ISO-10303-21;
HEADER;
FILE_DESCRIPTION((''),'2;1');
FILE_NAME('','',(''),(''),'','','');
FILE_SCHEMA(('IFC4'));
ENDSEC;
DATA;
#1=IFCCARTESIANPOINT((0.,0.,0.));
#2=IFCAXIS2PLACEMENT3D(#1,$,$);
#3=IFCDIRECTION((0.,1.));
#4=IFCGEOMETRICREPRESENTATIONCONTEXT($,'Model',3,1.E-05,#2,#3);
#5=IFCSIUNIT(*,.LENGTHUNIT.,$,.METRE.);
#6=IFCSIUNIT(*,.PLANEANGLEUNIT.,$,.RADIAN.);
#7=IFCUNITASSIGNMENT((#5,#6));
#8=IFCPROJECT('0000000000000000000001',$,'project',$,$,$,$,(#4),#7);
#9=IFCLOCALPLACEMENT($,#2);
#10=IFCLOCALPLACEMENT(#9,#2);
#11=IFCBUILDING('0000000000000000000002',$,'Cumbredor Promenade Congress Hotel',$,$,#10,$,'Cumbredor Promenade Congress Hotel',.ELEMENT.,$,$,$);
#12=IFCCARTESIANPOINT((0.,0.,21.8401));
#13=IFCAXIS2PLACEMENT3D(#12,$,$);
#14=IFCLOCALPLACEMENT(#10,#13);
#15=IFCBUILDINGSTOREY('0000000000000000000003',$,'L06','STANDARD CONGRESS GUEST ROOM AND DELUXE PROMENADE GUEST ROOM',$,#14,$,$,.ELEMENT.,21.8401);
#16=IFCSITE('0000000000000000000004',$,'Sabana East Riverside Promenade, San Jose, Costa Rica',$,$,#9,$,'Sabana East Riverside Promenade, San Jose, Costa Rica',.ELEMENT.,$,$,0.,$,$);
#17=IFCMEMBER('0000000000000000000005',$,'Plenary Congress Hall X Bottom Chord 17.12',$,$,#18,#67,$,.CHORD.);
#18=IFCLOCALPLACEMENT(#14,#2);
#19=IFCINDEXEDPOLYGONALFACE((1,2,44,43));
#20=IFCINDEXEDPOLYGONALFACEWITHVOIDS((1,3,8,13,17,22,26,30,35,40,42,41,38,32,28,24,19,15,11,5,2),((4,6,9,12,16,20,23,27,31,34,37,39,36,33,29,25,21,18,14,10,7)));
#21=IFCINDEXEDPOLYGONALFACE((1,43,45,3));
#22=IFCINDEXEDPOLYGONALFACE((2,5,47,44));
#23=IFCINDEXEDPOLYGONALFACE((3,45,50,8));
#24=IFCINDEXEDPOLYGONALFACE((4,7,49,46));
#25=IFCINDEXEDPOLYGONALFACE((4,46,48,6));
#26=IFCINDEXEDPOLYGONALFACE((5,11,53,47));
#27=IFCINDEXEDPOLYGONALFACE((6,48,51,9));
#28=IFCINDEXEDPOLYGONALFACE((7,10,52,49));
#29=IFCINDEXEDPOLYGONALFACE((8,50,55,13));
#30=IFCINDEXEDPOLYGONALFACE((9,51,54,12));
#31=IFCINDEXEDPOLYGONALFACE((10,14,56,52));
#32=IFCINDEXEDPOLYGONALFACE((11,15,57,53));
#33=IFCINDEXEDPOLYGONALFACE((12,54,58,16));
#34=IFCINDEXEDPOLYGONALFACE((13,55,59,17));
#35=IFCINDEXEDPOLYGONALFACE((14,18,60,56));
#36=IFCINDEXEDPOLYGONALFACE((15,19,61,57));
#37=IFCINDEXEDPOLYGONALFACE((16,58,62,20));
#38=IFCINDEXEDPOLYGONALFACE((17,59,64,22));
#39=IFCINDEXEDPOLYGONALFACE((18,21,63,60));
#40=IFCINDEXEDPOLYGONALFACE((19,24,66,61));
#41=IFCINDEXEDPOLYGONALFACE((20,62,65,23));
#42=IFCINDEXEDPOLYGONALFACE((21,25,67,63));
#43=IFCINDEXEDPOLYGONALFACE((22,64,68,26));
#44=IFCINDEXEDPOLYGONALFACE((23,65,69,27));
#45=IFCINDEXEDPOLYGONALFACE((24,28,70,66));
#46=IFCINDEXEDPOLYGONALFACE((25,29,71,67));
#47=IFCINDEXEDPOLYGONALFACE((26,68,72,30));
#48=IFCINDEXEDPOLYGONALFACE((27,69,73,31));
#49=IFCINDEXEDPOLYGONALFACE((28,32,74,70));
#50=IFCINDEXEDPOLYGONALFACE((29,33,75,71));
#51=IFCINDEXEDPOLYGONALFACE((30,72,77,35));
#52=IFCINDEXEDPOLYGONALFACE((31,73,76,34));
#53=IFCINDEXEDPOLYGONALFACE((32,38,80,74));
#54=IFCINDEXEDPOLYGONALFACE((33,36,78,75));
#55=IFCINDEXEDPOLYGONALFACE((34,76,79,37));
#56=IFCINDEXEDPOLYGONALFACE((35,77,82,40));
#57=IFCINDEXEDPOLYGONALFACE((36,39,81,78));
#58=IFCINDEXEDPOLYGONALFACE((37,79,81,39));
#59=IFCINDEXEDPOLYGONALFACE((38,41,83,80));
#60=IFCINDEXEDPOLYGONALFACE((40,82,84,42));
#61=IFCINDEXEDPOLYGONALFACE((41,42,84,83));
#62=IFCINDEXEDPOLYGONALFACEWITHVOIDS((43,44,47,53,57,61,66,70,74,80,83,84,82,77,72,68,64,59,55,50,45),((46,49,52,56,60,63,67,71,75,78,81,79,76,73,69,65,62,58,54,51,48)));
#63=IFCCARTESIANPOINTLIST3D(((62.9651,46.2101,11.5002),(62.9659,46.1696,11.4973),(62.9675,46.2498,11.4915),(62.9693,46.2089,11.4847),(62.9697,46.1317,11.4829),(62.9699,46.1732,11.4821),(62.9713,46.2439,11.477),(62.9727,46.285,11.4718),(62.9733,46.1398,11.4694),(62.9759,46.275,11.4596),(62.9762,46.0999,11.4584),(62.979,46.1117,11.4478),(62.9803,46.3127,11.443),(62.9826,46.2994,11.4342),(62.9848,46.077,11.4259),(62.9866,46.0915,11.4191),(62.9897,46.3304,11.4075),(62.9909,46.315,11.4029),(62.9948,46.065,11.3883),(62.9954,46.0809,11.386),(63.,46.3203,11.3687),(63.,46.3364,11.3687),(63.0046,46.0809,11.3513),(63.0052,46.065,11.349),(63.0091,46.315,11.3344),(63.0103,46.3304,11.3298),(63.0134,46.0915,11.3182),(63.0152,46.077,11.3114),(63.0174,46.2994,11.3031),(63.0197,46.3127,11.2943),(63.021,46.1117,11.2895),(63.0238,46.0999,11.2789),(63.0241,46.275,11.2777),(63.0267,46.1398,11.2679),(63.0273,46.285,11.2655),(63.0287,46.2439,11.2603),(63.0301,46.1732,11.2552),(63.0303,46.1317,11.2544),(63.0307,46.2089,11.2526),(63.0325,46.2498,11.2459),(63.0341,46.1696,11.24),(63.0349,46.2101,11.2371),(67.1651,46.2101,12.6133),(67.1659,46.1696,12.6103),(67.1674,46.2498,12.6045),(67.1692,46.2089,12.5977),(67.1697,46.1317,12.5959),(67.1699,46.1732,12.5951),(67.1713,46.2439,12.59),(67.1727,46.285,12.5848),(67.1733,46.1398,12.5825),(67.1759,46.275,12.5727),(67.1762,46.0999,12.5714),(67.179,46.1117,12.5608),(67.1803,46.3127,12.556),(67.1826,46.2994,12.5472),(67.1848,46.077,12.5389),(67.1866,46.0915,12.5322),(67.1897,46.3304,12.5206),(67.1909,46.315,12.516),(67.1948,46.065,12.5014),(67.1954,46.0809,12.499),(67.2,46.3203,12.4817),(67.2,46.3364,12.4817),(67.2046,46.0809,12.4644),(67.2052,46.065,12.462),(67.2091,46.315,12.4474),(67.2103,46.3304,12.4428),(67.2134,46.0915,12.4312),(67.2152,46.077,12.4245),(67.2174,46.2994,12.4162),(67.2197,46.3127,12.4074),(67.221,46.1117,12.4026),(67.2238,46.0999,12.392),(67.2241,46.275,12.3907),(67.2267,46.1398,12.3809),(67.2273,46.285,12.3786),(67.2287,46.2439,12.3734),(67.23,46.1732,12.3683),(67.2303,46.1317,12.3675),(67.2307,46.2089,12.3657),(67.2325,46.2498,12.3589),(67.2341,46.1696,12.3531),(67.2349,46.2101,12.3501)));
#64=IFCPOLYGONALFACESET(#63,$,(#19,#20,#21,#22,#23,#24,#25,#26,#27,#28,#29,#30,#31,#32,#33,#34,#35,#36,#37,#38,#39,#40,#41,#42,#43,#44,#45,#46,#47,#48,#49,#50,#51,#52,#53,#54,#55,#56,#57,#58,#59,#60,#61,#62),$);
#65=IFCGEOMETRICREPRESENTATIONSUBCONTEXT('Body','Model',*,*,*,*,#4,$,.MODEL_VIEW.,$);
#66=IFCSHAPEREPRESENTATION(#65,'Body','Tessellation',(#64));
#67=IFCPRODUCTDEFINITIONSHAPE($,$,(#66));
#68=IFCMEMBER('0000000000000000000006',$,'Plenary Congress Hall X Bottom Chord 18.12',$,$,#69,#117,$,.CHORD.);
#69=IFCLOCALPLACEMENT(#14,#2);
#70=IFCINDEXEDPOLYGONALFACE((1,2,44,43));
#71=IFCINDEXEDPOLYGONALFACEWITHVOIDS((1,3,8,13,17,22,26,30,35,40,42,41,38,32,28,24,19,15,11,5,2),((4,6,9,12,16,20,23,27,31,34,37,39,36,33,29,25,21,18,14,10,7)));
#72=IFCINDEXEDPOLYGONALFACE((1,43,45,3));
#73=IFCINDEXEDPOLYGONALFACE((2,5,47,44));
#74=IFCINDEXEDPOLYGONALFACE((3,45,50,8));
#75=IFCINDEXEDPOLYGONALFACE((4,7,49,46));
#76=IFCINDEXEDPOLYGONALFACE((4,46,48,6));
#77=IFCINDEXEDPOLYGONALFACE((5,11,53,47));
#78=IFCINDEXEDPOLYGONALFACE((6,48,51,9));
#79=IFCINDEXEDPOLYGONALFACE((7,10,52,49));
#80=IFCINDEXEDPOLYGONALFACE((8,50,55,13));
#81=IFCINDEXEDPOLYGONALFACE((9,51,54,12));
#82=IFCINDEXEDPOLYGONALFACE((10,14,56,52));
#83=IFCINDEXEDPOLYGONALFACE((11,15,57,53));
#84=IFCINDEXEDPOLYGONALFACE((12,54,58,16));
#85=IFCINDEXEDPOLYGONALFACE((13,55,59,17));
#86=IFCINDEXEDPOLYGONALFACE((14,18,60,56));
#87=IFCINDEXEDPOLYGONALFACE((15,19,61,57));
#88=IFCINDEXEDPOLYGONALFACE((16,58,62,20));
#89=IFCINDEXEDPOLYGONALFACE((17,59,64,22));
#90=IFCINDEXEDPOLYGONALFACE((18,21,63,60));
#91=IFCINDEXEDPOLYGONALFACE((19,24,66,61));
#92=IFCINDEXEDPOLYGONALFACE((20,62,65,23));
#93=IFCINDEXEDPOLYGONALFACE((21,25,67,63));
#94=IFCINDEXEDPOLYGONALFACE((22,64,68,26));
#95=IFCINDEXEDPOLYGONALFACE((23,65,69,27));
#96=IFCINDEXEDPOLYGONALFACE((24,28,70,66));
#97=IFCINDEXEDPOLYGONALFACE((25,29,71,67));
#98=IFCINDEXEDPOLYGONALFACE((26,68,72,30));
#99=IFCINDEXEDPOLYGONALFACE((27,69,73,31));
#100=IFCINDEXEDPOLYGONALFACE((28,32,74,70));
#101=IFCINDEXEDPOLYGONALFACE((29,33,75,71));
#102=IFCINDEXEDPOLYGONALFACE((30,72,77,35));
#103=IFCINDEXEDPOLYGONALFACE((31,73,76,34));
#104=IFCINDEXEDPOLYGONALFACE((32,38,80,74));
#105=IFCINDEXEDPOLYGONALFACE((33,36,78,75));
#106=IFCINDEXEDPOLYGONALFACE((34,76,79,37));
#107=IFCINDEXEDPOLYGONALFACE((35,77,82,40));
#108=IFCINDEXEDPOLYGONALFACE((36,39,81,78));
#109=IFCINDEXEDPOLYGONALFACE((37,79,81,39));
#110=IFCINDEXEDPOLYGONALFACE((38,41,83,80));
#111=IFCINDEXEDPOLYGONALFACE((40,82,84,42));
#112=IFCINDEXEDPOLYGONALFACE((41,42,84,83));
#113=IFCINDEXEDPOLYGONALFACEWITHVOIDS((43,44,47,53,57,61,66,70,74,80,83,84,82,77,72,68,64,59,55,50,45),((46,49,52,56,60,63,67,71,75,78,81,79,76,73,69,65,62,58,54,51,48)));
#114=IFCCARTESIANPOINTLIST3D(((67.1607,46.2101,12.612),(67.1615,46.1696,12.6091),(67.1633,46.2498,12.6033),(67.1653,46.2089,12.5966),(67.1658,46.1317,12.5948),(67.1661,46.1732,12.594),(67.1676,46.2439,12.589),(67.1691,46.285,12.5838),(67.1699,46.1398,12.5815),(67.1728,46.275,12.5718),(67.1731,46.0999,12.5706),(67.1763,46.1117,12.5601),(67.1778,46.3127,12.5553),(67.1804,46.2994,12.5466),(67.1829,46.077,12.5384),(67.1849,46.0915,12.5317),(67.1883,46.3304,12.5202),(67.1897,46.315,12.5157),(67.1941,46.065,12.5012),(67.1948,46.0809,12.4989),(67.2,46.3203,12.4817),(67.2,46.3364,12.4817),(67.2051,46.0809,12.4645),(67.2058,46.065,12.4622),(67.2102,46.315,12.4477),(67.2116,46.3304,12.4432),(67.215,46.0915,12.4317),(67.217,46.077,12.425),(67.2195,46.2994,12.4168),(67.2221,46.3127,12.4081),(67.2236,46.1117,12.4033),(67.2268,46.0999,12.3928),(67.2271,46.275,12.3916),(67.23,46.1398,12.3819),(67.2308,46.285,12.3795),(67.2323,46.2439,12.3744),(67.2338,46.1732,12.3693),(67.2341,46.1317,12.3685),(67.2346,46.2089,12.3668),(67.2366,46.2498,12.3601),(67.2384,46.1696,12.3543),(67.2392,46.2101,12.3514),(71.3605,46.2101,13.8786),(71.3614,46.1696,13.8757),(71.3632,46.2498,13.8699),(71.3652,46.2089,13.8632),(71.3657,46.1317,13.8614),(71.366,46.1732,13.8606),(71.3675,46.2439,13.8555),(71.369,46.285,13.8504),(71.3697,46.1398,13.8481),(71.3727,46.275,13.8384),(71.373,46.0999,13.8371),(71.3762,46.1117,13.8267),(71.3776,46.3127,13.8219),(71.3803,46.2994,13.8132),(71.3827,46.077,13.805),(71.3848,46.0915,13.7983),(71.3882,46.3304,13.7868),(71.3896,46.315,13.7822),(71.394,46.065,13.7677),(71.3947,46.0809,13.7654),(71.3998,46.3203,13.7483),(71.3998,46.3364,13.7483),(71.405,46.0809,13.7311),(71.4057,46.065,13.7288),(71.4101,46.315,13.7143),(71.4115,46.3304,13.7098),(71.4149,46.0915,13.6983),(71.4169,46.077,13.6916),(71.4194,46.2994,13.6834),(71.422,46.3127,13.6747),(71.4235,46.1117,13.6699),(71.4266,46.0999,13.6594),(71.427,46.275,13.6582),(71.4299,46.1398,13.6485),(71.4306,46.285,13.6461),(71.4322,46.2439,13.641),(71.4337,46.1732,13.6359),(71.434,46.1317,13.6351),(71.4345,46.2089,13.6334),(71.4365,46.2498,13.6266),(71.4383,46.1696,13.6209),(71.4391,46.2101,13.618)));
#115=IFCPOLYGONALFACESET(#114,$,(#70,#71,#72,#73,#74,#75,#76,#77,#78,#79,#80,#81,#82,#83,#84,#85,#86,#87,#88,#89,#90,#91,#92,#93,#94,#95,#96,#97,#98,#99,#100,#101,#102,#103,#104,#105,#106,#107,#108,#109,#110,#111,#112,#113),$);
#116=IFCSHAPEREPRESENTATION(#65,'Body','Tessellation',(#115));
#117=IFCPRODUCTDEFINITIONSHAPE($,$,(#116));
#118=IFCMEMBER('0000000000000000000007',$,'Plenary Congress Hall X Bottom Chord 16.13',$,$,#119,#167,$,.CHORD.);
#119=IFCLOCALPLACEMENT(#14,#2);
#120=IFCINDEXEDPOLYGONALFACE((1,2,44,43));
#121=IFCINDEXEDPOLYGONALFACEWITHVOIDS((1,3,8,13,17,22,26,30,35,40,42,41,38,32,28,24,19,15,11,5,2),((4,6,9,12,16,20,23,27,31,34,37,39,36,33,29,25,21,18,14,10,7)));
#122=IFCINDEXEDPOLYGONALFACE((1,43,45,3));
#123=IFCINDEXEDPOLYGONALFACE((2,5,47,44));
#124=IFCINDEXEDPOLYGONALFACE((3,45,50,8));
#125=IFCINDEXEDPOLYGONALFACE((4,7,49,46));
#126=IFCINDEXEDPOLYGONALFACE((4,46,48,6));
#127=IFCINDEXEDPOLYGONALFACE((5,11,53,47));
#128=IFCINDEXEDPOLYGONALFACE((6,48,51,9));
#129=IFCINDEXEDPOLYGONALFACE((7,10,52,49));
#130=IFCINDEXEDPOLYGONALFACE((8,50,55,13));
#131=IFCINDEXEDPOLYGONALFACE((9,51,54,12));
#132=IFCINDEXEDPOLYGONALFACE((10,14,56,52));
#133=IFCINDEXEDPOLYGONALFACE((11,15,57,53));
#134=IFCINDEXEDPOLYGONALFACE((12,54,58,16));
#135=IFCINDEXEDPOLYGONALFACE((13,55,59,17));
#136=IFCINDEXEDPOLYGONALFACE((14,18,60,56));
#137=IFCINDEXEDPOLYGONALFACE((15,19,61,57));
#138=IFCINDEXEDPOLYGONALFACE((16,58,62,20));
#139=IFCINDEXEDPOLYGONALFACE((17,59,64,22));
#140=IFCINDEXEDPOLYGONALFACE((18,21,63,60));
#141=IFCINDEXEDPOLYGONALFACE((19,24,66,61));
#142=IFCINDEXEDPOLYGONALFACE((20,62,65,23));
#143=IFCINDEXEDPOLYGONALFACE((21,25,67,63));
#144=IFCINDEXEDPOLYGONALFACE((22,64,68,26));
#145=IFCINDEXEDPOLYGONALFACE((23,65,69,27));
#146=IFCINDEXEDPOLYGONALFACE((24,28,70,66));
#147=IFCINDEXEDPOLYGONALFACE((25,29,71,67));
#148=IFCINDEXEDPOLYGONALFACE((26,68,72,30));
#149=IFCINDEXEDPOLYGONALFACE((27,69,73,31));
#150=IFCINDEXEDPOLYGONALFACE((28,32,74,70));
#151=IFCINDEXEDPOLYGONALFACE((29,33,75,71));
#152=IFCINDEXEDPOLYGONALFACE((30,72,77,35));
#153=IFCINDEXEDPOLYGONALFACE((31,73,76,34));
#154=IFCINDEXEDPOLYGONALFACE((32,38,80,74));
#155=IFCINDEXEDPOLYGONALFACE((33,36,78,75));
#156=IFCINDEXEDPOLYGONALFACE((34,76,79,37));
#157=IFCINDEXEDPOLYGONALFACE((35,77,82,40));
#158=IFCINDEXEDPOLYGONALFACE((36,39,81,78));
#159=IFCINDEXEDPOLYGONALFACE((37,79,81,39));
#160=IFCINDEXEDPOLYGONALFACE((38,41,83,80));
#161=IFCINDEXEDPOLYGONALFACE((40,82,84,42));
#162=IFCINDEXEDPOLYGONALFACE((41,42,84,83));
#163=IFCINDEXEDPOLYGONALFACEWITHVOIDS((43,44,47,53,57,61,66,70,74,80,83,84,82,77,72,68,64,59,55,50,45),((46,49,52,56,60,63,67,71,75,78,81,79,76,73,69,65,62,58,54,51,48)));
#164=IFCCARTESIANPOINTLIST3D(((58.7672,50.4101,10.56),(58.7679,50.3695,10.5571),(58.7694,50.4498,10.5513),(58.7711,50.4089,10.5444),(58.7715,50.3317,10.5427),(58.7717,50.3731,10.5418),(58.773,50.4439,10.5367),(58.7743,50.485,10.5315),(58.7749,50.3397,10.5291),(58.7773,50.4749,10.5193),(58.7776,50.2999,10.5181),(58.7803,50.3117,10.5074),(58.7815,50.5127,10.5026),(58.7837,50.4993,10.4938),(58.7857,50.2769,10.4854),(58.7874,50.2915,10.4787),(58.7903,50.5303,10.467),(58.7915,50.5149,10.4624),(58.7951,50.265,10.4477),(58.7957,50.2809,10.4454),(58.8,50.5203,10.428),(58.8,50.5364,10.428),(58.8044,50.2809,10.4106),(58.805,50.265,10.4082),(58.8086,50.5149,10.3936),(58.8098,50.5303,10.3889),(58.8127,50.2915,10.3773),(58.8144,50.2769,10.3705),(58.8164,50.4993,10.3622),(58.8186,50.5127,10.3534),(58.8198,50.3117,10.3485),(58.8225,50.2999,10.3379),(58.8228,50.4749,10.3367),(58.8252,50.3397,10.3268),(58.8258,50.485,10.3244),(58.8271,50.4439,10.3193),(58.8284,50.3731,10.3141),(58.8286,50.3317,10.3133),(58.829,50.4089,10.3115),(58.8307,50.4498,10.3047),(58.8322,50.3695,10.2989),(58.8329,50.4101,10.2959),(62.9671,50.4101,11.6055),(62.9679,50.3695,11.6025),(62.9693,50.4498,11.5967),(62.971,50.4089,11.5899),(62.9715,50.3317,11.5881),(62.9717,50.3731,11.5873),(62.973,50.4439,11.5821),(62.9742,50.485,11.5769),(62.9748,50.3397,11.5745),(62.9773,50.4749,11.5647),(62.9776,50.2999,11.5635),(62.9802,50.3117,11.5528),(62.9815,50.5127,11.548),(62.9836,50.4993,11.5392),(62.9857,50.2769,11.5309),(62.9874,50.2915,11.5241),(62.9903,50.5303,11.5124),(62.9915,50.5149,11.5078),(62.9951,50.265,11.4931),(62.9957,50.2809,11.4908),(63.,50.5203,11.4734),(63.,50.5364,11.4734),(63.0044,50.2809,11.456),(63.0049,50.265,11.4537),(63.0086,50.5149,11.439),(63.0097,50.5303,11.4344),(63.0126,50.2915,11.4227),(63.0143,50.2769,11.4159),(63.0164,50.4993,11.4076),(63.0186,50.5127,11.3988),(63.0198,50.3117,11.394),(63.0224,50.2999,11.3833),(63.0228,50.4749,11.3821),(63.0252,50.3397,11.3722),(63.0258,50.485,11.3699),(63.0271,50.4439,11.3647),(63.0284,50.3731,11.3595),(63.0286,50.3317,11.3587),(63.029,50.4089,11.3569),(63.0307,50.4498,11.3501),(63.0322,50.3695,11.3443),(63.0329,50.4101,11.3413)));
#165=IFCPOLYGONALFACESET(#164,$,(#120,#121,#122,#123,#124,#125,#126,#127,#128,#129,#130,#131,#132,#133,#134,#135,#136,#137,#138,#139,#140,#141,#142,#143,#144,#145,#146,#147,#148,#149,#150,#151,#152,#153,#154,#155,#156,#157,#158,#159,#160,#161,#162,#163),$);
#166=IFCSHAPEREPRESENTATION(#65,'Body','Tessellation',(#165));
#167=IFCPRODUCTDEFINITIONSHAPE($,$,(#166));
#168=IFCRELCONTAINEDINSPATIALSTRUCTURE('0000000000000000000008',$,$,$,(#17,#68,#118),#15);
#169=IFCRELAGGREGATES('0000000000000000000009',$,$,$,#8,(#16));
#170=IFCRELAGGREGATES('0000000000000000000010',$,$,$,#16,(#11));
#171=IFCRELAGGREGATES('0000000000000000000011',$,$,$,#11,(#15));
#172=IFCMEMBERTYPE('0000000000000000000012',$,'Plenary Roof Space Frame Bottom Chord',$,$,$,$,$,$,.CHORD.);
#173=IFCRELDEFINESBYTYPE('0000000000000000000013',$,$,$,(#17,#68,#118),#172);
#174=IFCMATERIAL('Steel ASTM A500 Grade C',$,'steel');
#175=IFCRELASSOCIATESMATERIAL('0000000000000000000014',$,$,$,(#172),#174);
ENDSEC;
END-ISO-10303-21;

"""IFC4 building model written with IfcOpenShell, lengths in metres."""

from ifc_helpers import new_model, si_unit, direction, frame, origin, origin_2d, place, context, subcontext, project, spatial, hollow_circle, extrude, material, material_profile, profile_set, type_object, element, save


model = new_model("IFC4")

# Units and contexts
model_context = context("Model", 3, precision=1e-05, world=origin(), true_north=direction((0.0, 1.0)))
body_context = subcontext(model_context, "Body", "Model", "MODEL_VIEW")
ifc_project = project(units=[si_unit("LENGTHUNIT", "METRE"), si_unit("PLANEANGLEUNIT", "RADIAN")], contexts=[model_context])

# Site, building, storey
site_placement = place(None, origin())
site = spatial("IfcSite", under=ifc_project, at=site_placement, Name="Sabana East Riverside Promenade, San Jose, Costa Rica", LongName="Sabana East Riverside Promenade, San Jose, Costa Rica", CompositionType="ELEMENT", RefElevation=0.0)
building_placement = place(site_placement, origin())
building = spatial("IfcBuilding", under=site, at=building_placement, Name="Cumbredor Promenade Congress Hotel", LongName="Cumbredor Promenade Congress Hotel", CompositionType="ELEMENT")
storey_placement = place(building_placement, frame((0.0, 0.0, 21.8401)))
storey = spatial("IfcBuildingStorey", under=building, at=storey_placement, Name="L06", Description="STANDARD CONGRESS GUEST ROOM AND DELUXE PROMENADE GUEST ROOM", CompositionType="ELEMENT", Elevation=21.8401)

# Members
ifc_material_1 = material(Name="Steel ASTM A500 Grade C", Category="steel")
ifc_material_profile_1 = material_profile(ifc_material_1, hollow_circle(Radius=0.1365, WallThickness=0.0161, at=origin_2d()), Name="CHS 273.0x16")
ifc_profile_set_1 = profile_set([ifc_material_profile_1], Name="Steel ASTM A500 Grade C")
member_type_1 = type_object("IfcMemberType", Name="Plenary Roof Space Frame Bottom Chord", PredefinedType="CHORD", material=ifc_profile_set_1)
member_1_placement = place(storey_placement, frame((63.0, 46.2, 11.3687), z_axis=(0.966632, 0.0, 0.256169), x_axis=(0.0, 1.0, 0.0)))
element("IfcMember", 1, at=member_1_placement, inside=storey, type_object=member_type_1, Name="Plenary Congress Hall X Bottom Chord 17.12", PredefinedType="CHORD", context=body_context, shape_type="SweptSolid", body=[
    extrude(hollow_circle(Radius=0.1365, WallThickness=0.0161, at=origin_2d()), origin(), (0.0, 0.0, 1.0), 4.345),
])
member_2_placement = place(storey_placement, frame((67.2, 46.2, 12.4817), z_axis=(0.95741, 0.0, 0.288731), x_axis=(0.0, 1.0, 0.0)))
element("IfcMember", 2, at=member_2_placement, inside=storey, type_object=member_type_1, Name="Plenary Congress Hall X Bottom Chord 18.12", PredefinedType="CHORD", context=body_context, shape_type="SweptSolid", body=[
    extrude(hollow_circle(Radius=0.1365, WallThickness=0.0161, at=origin_2d()), origin(), (0.0, 0.0, 1.0), 4.3867),
])
member_3_placement = place(storey_placement, frame((58.8, 50.3999, 10.428), z_axis=(0.970391, 0.0, 0.24154), x_axis=(0.0, 1.0, 0.0)))
element("IfcMember", 3, at=member_3_placement, inside=storey, type_object=member_type_1, Name="Plenary Congress Hall X Bottom Chord 16.13", PredefinedType="CHORD", context=body_context, shape_type="SweptSolid", body=[
    extrude(hollow_circle(Radius=0.1365, WallThickness=0.0161, at=origin_2d()), origin(), (0.0, 0.0, 1.0), 4.3281),
])

save(model, "model.ifc")
